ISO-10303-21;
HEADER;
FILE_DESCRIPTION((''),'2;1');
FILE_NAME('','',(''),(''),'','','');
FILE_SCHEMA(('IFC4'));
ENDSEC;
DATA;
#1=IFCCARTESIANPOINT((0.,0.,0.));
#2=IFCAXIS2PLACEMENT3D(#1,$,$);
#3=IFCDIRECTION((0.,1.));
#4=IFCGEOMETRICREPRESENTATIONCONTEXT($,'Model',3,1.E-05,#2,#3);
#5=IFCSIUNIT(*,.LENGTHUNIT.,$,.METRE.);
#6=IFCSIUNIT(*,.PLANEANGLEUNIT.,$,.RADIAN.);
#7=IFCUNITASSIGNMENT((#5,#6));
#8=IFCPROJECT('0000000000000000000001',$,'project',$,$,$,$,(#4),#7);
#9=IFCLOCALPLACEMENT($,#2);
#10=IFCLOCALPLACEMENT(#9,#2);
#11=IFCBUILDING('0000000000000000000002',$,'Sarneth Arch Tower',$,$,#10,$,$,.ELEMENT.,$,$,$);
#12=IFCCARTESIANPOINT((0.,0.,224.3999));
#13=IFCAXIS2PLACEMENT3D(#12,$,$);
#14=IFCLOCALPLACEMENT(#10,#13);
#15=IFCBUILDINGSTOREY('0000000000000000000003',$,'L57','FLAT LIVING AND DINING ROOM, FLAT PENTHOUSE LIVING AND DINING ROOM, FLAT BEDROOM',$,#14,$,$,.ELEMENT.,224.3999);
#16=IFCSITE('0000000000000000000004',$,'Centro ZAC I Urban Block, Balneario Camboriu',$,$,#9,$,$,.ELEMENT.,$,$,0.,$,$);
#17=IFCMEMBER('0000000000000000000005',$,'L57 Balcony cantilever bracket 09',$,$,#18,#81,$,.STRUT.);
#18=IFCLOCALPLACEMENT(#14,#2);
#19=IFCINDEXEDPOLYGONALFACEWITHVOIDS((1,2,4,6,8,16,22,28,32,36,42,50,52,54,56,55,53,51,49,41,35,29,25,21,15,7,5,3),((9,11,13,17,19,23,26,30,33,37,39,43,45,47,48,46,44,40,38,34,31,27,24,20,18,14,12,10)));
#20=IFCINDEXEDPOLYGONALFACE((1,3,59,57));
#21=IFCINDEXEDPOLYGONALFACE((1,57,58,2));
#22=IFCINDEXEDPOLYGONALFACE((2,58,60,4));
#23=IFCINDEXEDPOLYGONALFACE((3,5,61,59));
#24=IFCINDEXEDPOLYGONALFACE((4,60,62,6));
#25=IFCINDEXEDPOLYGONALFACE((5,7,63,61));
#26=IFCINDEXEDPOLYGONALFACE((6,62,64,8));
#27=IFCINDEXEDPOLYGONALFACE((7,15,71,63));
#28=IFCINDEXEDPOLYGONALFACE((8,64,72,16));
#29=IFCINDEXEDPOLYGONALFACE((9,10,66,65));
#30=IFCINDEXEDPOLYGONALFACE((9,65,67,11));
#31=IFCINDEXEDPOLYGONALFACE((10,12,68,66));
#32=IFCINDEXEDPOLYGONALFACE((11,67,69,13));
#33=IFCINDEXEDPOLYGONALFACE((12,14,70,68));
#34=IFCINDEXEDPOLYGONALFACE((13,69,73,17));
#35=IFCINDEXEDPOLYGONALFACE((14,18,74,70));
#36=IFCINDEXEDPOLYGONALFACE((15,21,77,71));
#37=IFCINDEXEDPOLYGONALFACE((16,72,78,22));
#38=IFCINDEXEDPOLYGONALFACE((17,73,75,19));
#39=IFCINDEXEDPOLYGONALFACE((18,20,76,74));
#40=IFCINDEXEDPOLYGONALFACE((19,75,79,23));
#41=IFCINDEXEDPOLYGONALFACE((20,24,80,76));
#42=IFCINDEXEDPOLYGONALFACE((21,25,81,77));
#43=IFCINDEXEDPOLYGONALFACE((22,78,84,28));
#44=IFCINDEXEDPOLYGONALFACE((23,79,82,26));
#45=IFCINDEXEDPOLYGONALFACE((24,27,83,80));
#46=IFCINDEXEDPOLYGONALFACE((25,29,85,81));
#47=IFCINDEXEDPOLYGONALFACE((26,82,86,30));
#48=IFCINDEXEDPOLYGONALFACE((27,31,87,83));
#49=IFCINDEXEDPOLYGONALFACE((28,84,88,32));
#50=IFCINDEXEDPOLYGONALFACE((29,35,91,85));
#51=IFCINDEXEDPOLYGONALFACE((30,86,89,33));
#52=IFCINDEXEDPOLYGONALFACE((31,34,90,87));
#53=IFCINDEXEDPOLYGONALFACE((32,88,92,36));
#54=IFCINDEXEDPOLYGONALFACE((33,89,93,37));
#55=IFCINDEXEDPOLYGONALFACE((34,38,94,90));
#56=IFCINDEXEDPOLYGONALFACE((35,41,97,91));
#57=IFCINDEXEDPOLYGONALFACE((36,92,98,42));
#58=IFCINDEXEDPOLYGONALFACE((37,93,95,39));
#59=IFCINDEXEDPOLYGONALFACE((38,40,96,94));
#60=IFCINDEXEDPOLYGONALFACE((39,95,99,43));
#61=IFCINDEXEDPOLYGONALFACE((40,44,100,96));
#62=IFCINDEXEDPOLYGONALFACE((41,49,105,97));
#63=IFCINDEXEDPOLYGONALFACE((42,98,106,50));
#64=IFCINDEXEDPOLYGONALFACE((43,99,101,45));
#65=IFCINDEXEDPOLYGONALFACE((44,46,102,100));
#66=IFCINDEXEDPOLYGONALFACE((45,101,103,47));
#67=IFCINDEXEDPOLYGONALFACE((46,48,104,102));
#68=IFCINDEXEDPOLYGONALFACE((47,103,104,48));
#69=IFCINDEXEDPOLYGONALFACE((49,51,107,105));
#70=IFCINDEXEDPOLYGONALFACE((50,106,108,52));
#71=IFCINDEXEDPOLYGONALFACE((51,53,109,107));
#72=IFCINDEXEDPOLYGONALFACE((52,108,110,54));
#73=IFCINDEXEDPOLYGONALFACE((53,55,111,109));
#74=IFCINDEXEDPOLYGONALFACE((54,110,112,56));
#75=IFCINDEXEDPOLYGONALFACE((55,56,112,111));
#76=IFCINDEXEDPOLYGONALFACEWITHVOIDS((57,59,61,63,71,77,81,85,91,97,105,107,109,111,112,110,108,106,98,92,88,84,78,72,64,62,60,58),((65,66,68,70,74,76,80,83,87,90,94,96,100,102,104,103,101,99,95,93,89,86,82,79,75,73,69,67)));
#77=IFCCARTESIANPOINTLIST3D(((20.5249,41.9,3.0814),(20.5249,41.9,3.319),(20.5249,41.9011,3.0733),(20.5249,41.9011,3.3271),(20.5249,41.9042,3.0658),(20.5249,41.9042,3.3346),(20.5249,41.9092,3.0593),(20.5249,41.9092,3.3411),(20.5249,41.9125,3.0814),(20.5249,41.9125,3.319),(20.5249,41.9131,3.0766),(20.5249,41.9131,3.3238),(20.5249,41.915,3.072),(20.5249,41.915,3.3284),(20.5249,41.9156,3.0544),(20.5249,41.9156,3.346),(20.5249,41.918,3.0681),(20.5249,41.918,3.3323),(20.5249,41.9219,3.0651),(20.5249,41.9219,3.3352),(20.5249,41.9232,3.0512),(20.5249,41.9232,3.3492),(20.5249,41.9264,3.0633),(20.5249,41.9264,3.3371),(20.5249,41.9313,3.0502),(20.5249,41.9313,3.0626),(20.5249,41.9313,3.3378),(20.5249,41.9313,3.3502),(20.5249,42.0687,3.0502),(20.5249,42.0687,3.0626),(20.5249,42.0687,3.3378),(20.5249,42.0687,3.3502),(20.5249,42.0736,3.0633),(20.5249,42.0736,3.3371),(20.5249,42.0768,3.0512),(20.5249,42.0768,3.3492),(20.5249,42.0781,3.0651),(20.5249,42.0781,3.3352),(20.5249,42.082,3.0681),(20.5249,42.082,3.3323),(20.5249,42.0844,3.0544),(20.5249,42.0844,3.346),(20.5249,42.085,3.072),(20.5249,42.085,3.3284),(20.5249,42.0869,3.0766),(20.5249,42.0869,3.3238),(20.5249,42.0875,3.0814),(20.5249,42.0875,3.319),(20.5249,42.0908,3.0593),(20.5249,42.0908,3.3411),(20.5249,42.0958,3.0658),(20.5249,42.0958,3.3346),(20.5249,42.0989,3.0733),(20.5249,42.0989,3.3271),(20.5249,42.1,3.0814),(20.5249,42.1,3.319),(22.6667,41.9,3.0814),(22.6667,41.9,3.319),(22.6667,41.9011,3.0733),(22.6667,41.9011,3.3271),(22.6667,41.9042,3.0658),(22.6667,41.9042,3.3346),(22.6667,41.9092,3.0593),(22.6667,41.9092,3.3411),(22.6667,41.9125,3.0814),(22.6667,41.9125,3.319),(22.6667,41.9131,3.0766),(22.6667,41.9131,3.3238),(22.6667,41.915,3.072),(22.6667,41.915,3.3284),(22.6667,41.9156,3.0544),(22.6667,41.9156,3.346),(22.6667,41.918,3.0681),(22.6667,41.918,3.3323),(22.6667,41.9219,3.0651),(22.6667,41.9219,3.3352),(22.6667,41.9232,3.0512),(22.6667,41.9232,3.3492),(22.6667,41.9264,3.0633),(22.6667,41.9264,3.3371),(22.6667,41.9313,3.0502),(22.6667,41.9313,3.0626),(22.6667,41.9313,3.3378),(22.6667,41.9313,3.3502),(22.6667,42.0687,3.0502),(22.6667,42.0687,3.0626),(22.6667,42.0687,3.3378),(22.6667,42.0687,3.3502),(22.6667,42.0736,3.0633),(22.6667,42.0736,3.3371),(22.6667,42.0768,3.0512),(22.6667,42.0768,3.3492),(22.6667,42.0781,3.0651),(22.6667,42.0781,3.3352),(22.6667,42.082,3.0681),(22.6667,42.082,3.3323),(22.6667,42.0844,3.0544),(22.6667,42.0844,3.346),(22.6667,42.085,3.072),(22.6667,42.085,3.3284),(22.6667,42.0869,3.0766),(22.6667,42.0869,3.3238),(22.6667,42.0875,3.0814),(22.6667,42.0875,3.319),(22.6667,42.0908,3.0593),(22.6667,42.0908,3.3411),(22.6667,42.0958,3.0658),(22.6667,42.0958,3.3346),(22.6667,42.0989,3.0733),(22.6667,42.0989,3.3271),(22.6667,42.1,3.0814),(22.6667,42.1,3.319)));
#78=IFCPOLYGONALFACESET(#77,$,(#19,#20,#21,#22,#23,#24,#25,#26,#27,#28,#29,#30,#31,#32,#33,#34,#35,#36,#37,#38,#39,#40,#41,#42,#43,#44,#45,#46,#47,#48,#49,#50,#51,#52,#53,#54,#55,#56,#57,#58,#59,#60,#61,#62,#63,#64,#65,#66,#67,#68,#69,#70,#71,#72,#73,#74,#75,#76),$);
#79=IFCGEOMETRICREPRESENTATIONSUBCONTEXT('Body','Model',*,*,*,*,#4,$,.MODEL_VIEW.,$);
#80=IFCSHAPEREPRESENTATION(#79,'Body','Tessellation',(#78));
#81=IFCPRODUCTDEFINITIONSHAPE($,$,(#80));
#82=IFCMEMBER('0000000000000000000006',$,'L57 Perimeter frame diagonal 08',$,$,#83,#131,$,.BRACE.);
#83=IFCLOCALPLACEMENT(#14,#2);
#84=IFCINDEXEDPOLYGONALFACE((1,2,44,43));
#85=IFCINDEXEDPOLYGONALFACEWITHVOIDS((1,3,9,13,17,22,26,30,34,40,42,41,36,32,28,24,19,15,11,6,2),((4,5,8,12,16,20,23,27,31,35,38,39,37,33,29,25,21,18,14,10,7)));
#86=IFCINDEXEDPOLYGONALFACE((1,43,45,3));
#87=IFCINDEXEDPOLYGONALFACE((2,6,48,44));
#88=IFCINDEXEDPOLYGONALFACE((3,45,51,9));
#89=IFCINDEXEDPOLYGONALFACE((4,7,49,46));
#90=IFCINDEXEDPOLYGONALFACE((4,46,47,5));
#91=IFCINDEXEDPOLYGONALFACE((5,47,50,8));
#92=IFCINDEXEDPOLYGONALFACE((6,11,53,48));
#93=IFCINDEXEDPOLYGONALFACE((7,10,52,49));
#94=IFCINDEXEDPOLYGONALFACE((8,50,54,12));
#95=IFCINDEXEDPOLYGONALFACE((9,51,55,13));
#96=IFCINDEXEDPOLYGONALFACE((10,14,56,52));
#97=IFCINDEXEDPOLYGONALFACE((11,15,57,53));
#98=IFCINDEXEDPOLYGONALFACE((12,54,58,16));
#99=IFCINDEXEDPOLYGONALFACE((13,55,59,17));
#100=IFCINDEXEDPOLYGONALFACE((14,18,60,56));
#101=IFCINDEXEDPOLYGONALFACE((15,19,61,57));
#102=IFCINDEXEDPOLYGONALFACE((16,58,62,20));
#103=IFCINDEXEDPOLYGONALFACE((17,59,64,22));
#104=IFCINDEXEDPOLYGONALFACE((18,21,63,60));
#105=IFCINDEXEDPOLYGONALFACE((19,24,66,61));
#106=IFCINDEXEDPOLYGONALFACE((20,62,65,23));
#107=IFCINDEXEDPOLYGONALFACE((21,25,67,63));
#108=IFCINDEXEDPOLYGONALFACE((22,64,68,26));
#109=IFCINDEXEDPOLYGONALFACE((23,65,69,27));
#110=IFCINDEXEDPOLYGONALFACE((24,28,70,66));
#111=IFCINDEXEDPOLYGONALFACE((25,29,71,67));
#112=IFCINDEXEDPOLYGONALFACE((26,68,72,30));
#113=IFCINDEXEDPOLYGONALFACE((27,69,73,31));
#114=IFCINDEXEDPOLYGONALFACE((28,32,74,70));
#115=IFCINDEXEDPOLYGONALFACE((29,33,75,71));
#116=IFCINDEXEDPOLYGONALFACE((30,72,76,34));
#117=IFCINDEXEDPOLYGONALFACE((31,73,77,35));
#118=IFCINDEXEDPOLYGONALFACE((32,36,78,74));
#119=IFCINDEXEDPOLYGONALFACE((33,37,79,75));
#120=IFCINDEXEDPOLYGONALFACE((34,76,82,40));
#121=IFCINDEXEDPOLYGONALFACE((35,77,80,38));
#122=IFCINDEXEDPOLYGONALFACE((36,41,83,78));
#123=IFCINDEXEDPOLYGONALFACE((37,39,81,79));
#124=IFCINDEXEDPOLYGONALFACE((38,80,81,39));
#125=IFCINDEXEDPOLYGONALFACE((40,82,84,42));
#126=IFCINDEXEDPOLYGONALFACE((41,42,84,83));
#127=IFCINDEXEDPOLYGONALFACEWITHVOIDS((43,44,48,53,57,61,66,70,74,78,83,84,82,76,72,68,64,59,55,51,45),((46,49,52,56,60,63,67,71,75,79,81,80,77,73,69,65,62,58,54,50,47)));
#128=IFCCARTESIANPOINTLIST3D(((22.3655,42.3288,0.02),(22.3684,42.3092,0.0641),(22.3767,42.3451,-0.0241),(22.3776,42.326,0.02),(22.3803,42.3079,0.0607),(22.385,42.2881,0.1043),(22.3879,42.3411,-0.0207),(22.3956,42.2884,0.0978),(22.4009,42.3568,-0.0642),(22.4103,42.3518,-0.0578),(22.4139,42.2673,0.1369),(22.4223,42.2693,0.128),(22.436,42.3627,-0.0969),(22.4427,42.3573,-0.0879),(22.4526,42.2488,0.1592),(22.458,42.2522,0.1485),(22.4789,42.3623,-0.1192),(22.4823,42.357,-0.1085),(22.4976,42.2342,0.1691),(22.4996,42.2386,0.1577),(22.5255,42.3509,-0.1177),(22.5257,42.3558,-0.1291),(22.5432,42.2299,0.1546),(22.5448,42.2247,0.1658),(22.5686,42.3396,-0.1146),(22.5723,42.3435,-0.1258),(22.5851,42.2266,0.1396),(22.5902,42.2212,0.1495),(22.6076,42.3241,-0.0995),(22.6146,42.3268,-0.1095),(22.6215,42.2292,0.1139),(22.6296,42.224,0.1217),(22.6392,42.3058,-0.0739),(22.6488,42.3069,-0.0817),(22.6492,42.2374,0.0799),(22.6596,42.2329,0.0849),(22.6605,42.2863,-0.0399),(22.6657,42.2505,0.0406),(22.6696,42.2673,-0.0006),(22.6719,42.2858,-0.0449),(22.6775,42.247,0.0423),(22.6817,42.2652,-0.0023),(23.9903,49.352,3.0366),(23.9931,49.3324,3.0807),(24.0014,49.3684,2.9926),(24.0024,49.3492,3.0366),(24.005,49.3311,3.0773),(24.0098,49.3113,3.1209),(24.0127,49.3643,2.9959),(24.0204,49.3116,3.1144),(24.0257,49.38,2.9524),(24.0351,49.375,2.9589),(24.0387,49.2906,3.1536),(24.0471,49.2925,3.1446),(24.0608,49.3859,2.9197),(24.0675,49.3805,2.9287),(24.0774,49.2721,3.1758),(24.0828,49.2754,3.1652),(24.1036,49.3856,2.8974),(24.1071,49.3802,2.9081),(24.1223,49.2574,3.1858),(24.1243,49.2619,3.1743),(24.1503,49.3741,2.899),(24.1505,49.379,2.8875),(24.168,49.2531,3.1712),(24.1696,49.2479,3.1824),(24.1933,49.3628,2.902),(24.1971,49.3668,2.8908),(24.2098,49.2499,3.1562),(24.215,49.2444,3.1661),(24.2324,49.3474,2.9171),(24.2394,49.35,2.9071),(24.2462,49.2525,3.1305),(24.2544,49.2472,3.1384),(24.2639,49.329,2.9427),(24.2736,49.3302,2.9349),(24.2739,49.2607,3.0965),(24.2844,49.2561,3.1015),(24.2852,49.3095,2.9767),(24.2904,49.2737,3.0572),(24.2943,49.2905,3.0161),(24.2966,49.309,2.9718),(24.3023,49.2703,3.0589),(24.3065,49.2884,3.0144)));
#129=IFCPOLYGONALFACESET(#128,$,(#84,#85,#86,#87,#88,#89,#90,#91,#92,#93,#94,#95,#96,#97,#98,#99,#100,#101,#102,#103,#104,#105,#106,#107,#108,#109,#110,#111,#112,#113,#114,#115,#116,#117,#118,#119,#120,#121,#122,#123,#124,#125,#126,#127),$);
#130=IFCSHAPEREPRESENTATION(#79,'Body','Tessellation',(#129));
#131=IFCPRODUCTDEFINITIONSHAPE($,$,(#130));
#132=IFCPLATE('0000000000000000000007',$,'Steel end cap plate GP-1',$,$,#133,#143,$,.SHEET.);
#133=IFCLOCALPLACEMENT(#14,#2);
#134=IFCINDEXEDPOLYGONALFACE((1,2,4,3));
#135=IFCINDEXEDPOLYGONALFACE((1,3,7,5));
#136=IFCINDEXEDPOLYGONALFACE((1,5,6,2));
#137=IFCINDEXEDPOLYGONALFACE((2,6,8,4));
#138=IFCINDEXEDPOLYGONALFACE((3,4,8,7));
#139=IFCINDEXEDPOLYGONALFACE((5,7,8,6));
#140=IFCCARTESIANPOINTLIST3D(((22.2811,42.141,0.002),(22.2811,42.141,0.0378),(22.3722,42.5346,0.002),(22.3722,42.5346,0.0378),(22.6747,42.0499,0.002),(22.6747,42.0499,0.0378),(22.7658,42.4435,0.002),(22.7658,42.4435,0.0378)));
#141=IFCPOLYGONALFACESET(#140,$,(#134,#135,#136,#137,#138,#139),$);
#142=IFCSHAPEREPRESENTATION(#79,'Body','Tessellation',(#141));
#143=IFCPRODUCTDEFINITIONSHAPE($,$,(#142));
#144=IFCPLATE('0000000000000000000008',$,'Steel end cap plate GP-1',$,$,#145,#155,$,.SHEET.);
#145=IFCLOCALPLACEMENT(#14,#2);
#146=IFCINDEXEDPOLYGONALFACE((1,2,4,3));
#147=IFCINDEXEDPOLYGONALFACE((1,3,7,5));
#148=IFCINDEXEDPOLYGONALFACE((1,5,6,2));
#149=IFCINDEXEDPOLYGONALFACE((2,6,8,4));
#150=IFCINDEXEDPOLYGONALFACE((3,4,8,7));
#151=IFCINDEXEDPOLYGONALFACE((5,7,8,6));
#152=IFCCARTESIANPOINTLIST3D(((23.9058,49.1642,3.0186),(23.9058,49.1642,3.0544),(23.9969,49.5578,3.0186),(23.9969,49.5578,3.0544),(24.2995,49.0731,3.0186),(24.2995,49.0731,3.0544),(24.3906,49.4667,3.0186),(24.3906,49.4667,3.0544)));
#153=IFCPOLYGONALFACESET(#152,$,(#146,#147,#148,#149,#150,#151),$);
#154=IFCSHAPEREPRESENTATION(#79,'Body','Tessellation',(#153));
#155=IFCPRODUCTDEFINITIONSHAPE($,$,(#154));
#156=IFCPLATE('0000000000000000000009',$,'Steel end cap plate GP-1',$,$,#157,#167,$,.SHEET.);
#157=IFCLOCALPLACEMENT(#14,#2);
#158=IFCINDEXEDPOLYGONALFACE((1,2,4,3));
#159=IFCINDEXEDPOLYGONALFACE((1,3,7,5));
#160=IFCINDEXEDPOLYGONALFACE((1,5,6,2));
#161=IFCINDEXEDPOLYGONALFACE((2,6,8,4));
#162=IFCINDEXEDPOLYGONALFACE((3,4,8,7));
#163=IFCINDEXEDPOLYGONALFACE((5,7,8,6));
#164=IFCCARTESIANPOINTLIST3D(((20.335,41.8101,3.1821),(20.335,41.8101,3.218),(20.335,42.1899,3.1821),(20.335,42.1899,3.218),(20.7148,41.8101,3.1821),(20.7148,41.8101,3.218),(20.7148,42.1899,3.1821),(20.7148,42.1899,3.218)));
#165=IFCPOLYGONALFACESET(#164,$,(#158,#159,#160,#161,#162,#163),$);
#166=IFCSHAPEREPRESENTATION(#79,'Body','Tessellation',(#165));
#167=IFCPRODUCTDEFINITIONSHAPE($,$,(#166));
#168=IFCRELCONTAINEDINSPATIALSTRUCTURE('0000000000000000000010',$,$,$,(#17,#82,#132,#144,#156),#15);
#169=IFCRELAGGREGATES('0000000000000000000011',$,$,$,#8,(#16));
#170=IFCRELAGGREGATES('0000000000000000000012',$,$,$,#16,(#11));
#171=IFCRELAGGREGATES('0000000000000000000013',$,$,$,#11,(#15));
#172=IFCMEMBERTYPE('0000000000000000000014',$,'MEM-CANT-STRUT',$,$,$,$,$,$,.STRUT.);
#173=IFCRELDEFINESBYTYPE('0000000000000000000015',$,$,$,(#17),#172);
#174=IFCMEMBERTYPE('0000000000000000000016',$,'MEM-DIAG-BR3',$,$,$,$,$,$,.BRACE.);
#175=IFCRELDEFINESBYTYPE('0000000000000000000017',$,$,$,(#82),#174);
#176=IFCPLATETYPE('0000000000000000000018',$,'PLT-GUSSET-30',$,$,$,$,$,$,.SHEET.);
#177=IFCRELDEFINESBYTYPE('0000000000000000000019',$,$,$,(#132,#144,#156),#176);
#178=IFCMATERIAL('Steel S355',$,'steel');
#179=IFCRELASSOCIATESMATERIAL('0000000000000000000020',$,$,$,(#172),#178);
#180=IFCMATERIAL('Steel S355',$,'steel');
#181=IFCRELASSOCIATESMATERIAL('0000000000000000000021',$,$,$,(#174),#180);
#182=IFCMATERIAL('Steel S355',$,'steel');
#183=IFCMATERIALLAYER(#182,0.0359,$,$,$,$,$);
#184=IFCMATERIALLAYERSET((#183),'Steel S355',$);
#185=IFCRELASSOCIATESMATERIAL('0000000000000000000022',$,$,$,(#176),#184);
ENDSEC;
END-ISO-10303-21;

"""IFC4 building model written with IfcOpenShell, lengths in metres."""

from ifc_helpers import new_model, si_unit, direction, frame, origin, origin_2d, place, context, subcontext, project, spatial, rectangle, hollow_rectangle, hollow_circle, extrude, material, layer, layer_set, material_profile, profile_set, type_object, element, save


model = new_model("IFC4")

# Units and contexts
model_context = context("Model", 3, precision=1e-05, world=origin(), true_north=direction((0.0, 1.0)))
body_context = subcontext(model_context, "Body", "Model", "MODEL_VIEW")
ifc_project = project(units=[si_unit("LENGTHUNIT", "METRE"), si_unit("PLANEANGLEUNIT", "RADIAN")], contexts=[model_context])

# Site, building, storey
site_placement = place(None, origin())
site = spatial("IfcSite", under=ifc_project, at=site_placement, Name="Centro ZAC I Urban Block, Balneario Camboriu", CompositionType="ELEMENT", RefElevation=0.0)
building_placement = place(site_placement, origin())
building = spatial("IfcBuilding", under=site, at=building_placement, Name="Sarneth Arch Tower", CompositionType="ELEMENT")
storey_placement = place(building_placement, frame((0.0, 0.0, 224.3999)))
storey = spatial("IfcBuildingStorey", under=building, at=storey_placement, Name="L57", Description="FLAT LIVING AND DINING ROOM, FLAT PENTHOUSE LIVING AND DINING ROOM, FLAT BEDROOM", CompositionType="ELEMENT", Elevation=224.3999)

# Members
ifc_material_1 = material(Name="Steel S355", Category="steel")
ifc_material_profile_1 = material_profile(ifc_material_1, hollow_rectangle(XDim=0.2, YDim=0.3, WallThickness=0.0125, InnerFilletRadius=0.0188, OuterFilletRadius=0.0312, at=origin_2d()), Name="RHS300x200x12.5")
ifc_profile_set_1 = profile_set([ifc_material_profile_1], Name="Steel S355")
member_type_1 = type_object("IfcMemberType", Name="MEM-CANT-STRUT", PredefinedType="STRUT", material=ifc_profile_set_1)
member_1_placement = place(storey_placement, frame((22.6667, 42.0, 3.2002), z_axis=(-1.0, 0.0, 0.0), x_axis=(0.0, -1.0, 0.0)))
element("IfcMember", 1, at=member_1_placement, inside=storey, type_object=member_type_1, Name="L57 Balcony cantilever bracket 09", PredefinedType="STRUT", context=body_context, shape_type="SweptSolid", body=[
    extrude(hollow_rectangle(XDim=0.2, YDim=0.3, WallThickness=0.0125, InnerFilletRadius=0.0188, OuterFilletRadius=0.0312, at=origin_2d()), origin(), (0.0, 0.0, 1.0), 2.1418),
])
ifc_material_2 = material(Name="Steel S355", Category="steel")
ifc_material_profile_2 = material_profile(ifc_material_2, hollow_circle(Radius=0.1621, WallThickness=0.0125, at=origin_2d()), Name="CHS324x12.5")
ifc_profile_set_2 = profile_set([ifc_material_profile_2], Name="Steel S355")
member_type_2 = type_object("IfcMemberType", Name="MEM-DIAG-BR3", PredefinedType="BRACE", material=ifc_profile_set_2)
member_2_placement = place(storey_placement, frame((22.5234, 42.2922, 0.02), z_axis=(0.207918, 0.898749, 0.386031), x_axis=(-0.974269, 0.225389, 0.0)))
element("IfcMember", 2, at=member_2_placement, inside=storey, type_object=member_type_2, Name="L57 Perimeter frame diagonal 08", PredefinedType="BRACE", context=body_context, shape_type="SweptSolid", body=[
    extrude(hollow_circle(Radius=0.1621, WallThickness=0.0125, at=origin_2d()), origin(), (0.0, 0.0, 1.0), 7.8145),
])

# Plates
ifc_material_3 = material(Name="Steel S355", Category="steel")
ifc_layer_1 = layer(ifc_material_3, 0.0359)
ifc_layer_set_1 = layer_set([ifc_layer_1], Name="Steel S355")
plate_type = type_object("IfcPlateType", Name="PLT-GUSSET-30", PredefinedType="SHEET", material=ifc_layer_set_1)
for number, where, z_axis, x_axis, name in (
    (3, (22.5234, 42.2922, 0.002), (0.0, 0.0, 1.0), (-0.225461, -0.974252, 0.0), "Steel end cap plate GP-1"),
    (4, (24.1482, 49.3154, 3.0186), (0.0, 0.0, 1.0), (-0.225461, -0.974252, 0.0), "Steel end cap plate GP-1"),
):
    element("IfcPlate", number, at=place(storey_placement, frame(where, z_axis=z_axis, x_axis=x_axis)), inside=storey, type_object=plate_type, Name=name, PredefinedType="SHEET", context=body_context, shape_type="SweptSolid", body=[
        extrude(rectangle(XDim=0.4041, YDim=0.4041, at=origin_2d()), origin(), (0.0, 0.0, 1.0), 0.0359),
    ])
plate_placement = place(storey_placement, frame((20.5249, 42.0, 3.1821), z_axis=(0.0, 0.0, 1.0), x_axis=(-1.0, 0.0, 0.0)))
element("IfcPlate", 5, at=plate_placement, inside=storey, type_object=plate_type, Name="Steel end cap plate GP-1", PredefinedType="SHEET", context=body_context, shape_type="SweptSolid", body=[
    extrude(rectangle(XDim=0.3799, YDim=0.3799, at=origin_2d()), origin(), (0.0, 0.0, 1.0), 0.0359),
])

save(model, "model.ifc")
